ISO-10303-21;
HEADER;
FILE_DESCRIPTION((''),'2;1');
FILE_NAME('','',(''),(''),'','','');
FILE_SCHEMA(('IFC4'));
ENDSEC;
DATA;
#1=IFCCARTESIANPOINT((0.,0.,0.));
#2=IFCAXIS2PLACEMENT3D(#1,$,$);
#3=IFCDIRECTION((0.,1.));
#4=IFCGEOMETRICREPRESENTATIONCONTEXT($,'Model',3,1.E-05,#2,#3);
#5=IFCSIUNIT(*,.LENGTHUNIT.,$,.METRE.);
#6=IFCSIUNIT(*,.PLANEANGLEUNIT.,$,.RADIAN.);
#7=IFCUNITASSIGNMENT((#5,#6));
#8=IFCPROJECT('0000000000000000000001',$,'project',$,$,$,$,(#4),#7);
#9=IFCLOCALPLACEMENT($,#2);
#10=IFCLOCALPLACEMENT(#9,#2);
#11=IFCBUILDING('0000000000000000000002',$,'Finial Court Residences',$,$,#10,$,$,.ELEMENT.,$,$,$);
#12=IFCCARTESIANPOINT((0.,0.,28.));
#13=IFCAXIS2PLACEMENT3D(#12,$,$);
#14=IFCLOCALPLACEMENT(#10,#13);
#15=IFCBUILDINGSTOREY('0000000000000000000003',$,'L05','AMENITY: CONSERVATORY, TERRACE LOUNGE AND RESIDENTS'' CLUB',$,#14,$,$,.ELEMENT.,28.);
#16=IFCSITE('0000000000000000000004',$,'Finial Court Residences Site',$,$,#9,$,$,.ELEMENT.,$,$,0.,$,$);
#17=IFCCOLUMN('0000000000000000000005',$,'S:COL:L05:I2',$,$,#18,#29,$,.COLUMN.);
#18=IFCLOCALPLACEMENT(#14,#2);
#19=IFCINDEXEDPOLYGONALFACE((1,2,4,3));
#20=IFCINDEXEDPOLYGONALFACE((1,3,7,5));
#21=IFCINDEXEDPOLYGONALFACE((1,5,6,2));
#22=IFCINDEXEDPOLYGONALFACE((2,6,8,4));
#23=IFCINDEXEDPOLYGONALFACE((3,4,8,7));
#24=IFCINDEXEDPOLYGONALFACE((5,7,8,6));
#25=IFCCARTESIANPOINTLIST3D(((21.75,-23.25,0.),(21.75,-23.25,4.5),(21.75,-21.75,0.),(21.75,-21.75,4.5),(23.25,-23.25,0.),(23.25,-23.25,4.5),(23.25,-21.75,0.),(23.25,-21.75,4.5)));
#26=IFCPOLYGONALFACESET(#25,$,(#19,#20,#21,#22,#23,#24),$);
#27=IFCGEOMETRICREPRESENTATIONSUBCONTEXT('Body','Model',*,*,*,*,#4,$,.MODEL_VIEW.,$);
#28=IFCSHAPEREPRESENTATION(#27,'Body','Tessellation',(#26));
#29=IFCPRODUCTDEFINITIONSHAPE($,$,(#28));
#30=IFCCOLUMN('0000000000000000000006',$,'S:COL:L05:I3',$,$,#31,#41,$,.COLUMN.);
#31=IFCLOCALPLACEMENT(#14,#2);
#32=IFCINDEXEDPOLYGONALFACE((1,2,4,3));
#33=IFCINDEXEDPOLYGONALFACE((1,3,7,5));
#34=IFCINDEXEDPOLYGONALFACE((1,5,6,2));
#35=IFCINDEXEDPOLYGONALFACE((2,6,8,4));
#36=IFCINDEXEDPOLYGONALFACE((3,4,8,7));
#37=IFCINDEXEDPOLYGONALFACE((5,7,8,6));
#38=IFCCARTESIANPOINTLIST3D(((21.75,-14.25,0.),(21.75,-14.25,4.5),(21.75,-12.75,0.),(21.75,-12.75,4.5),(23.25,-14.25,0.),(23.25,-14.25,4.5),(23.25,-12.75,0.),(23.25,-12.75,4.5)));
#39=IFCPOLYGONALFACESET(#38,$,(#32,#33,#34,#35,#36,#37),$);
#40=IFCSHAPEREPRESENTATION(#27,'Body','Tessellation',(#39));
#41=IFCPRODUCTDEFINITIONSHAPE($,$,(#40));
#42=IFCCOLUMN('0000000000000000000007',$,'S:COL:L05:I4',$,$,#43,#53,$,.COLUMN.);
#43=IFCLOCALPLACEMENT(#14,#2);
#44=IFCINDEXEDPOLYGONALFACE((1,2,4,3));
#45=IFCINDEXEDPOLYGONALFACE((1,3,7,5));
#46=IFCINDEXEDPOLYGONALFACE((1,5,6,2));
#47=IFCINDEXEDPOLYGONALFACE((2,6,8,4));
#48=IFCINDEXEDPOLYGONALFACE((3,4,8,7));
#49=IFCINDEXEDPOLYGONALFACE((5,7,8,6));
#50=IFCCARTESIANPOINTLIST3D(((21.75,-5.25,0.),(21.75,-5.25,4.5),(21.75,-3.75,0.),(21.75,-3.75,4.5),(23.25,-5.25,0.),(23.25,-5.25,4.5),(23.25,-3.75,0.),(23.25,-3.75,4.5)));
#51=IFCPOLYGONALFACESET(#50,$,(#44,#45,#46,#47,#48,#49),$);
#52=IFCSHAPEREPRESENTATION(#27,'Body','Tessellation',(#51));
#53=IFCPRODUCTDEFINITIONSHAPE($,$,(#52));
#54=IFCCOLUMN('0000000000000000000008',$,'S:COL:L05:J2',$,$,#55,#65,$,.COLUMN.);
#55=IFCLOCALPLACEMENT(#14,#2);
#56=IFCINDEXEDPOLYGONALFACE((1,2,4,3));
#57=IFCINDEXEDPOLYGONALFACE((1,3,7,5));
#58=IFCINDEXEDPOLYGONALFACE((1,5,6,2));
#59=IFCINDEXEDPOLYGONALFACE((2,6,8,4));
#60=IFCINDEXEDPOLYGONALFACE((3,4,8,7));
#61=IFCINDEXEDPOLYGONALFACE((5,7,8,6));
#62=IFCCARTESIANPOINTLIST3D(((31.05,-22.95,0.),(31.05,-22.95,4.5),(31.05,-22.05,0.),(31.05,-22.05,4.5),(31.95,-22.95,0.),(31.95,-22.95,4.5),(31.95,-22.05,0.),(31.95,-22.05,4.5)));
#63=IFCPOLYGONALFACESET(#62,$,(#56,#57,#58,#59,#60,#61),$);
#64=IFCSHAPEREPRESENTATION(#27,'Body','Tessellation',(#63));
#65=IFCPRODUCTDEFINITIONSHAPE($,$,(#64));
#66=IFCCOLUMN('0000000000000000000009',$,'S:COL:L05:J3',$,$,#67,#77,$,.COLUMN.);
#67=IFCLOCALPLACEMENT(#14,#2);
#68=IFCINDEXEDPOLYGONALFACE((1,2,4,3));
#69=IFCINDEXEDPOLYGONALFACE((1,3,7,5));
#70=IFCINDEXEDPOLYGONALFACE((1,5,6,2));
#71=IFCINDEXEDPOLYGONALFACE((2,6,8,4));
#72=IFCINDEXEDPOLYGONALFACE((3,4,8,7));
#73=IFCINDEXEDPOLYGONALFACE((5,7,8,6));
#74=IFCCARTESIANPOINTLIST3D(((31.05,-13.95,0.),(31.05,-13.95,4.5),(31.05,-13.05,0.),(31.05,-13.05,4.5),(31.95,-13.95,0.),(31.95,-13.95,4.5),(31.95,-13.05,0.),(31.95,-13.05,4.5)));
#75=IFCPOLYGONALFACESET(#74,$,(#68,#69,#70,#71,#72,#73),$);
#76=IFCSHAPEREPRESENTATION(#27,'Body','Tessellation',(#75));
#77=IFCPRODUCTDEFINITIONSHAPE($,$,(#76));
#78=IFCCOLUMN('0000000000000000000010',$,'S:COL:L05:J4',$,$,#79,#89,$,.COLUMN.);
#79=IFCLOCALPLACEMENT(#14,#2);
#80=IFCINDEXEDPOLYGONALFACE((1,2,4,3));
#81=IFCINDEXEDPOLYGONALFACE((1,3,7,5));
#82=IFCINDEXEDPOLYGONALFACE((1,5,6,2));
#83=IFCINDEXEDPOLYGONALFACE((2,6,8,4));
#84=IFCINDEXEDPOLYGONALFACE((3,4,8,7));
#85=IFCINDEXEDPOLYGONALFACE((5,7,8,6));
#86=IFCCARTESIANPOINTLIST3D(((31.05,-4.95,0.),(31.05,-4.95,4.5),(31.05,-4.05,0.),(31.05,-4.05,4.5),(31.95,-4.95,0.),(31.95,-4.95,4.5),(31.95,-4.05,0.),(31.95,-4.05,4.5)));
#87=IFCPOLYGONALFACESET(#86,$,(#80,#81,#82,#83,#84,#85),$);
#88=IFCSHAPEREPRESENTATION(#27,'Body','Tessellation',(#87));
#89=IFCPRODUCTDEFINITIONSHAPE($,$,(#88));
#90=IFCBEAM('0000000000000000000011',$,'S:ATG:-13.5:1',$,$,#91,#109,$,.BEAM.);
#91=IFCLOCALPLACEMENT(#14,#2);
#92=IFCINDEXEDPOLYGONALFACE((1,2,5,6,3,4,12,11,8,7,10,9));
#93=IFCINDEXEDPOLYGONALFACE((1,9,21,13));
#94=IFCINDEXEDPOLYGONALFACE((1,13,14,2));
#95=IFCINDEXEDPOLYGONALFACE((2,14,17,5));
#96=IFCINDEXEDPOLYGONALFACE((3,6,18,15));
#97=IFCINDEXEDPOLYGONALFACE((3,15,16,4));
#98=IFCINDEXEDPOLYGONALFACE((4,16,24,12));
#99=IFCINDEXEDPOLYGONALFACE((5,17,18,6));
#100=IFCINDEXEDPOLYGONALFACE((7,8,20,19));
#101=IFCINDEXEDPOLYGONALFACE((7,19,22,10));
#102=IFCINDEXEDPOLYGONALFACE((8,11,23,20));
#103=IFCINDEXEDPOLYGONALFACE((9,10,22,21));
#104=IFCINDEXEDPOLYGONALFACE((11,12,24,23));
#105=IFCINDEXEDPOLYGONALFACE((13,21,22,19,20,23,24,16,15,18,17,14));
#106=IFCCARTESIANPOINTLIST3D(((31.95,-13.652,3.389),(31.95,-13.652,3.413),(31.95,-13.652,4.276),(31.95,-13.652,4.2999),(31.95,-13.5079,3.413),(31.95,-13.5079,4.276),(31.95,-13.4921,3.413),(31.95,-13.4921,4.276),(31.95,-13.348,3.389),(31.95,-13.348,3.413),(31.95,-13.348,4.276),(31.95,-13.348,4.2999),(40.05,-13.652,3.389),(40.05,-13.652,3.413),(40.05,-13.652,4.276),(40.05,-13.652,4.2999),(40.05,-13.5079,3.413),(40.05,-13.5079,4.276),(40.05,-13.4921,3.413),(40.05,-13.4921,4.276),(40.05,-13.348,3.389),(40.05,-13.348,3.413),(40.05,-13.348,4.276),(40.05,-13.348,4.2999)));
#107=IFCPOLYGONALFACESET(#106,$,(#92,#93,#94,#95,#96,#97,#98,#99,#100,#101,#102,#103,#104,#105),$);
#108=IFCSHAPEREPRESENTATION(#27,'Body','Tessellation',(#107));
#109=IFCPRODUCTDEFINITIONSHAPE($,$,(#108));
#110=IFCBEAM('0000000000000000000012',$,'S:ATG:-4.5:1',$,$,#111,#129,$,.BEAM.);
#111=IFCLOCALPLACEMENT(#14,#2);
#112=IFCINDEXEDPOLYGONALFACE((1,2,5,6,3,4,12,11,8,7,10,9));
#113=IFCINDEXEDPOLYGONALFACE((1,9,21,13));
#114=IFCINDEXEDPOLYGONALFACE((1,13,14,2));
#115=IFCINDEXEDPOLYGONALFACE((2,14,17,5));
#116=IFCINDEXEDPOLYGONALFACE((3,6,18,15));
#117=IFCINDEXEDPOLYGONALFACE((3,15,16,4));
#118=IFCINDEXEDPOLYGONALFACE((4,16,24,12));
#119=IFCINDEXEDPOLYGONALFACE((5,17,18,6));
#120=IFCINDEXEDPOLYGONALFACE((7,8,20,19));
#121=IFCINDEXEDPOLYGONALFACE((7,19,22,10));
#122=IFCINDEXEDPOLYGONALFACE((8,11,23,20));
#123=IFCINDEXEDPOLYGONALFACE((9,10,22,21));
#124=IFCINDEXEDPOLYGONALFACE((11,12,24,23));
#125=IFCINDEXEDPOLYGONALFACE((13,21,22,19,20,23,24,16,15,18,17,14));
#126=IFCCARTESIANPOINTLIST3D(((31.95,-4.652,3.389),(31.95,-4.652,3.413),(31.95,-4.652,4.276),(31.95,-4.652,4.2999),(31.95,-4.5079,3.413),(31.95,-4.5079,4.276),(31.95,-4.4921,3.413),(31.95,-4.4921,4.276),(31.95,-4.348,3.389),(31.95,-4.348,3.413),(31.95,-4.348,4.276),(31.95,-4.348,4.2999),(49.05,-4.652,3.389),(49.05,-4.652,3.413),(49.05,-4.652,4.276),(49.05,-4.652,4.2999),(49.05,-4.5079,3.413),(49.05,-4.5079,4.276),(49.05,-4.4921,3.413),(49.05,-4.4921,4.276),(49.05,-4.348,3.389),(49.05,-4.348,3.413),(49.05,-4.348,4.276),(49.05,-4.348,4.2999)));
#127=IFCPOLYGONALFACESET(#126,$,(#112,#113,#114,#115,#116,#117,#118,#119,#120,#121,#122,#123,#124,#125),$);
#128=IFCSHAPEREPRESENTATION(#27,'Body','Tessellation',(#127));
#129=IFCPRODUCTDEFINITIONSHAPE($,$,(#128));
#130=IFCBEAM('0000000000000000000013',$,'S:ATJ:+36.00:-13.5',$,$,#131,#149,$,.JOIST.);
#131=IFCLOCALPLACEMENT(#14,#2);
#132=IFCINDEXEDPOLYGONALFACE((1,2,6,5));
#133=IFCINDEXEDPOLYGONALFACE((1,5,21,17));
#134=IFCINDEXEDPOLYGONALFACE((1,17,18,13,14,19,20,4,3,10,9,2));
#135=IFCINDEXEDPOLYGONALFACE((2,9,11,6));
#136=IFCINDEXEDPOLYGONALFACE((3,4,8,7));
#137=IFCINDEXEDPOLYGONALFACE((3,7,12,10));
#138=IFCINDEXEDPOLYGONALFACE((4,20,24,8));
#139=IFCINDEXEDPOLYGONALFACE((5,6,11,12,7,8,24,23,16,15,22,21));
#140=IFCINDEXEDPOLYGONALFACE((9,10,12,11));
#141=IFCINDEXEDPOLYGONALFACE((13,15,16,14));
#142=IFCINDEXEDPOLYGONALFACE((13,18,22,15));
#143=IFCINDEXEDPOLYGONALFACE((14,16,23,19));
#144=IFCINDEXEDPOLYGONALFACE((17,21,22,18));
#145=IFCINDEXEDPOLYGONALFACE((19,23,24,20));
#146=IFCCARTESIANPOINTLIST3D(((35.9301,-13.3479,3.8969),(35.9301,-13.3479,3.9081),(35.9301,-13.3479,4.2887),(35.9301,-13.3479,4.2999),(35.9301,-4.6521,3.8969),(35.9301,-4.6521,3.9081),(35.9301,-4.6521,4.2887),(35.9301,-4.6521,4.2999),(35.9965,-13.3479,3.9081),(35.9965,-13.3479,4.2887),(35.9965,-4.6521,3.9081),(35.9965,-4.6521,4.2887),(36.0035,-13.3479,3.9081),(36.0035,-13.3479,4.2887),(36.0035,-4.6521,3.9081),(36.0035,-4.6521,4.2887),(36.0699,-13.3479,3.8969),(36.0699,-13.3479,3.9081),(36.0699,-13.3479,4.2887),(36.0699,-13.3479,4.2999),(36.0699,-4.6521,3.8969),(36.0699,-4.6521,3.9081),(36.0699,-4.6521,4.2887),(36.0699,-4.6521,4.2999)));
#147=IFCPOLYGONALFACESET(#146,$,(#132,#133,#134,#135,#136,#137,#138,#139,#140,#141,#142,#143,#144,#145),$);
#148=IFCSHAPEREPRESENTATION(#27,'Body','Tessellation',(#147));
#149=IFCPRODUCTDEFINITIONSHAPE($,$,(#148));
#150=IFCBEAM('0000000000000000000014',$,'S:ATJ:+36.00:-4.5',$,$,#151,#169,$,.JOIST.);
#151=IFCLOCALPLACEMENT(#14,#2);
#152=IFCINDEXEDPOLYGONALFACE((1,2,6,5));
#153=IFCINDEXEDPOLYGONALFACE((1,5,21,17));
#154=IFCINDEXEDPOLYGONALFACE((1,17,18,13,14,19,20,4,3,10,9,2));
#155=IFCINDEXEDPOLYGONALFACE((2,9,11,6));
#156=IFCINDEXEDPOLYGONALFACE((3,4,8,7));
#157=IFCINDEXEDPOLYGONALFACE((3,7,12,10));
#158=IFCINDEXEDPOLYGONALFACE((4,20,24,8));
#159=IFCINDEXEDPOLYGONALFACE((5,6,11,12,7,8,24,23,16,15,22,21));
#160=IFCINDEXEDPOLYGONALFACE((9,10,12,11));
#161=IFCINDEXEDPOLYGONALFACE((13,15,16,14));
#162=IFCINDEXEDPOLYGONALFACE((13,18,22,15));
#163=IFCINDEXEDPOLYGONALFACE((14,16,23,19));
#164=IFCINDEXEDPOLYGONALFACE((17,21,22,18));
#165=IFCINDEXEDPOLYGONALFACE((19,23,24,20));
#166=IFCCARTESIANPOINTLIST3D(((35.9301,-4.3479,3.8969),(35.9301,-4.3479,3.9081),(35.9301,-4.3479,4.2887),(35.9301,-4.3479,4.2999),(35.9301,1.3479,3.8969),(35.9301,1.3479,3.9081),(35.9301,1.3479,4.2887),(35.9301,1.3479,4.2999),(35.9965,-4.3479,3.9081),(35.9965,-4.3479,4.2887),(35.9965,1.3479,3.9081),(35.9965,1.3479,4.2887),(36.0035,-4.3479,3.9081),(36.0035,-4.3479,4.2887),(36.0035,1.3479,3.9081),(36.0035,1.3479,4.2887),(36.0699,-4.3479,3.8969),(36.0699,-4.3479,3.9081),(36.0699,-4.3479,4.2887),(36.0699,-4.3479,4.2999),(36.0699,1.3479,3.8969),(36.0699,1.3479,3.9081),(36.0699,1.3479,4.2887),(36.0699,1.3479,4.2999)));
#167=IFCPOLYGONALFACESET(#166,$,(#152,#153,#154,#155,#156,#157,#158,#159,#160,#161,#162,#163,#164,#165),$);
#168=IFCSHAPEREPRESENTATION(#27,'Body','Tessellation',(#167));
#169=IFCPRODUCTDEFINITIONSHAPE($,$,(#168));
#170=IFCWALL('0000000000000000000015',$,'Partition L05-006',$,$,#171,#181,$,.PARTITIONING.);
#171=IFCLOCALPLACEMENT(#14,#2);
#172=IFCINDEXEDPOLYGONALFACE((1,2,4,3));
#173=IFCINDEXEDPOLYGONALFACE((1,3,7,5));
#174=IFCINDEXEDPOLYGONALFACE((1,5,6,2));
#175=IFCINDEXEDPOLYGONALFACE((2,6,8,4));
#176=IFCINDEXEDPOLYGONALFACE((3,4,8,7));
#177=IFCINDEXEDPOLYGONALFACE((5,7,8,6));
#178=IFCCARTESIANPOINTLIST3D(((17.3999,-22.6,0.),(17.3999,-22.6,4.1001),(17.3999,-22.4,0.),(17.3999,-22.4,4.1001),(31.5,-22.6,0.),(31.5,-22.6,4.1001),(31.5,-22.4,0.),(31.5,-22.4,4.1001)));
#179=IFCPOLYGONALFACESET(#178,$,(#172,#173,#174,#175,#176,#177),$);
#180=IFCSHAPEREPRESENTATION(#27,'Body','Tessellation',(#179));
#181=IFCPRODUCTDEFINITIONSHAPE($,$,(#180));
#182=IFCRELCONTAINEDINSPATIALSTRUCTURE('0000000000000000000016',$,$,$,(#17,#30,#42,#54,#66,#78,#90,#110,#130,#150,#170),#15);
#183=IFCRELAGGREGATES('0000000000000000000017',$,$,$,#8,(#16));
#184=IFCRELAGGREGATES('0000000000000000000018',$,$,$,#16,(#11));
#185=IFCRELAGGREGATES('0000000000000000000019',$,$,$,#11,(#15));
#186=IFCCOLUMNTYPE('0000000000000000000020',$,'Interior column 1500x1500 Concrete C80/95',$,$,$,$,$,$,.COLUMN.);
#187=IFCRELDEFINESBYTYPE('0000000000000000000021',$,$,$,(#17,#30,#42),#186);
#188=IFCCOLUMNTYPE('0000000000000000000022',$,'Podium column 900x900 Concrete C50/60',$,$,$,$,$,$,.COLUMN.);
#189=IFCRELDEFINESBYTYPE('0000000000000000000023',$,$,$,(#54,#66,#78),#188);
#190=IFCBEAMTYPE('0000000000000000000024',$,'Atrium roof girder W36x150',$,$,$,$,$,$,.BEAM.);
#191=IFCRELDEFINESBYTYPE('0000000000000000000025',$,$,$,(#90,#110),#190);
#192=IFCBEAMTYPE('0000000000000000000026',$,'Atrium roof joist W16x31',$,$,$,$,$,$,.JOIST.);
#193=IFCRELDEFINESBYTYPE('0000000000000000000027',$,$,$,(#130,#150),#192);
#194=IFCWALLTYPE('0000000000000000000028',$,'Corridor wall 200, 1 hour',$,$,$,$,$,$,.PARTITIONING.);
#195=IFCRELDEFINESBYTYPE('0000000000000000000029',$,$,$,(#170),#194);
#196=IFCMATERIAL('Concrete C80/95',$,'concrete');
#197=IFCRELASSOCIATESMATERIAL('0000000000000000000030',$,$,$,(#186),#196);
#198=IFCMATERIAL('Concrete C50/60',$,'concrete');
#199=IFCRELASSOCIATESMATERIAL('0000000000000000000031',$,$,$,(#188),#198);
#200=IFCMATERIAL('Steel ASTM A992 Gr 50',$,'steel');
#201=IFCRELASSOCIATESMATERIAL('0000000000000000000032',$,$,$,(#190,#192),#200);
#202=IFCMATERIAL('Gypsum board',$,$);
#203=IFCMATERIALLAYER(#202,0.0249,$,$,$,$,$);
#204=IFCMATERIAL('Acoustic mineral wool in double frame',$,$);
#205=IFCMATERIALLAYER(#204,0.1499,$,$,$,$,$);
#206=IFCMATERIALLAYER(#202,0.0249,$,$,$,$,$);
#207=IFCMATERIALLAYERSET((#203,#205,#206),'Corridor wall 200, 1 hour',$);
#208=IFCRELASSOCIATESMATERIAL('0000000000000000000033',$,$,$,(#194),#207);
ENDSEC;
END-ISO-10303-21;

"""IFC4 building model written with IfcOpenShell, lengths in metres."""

from ifc_helpers import new_model, si_unit, direction, frame, frame_2d, origin, origin_2d, place, context, subcontext, project, spatial, rectangle, i_section, extrude, material, layer, layer_set, material_profile, profile_set, type_object, element, save


model = new_model("IFC4")

# Units and contexts
model_context = context("Model", 3, precision=1e-05, world=origin(), true_north=direction((0.0, 1.0)))
body_context = subcontext(model_context, "Body", "Model", "MODEL_VIEW")
ifc_project = project(units=[si_unit("LENGTHUNIT", "METRE"), si_unit("PLANEANGLEUNIT", "RADIAN")], contexts=[model_context])

# Site, building, storey
site_placement = place(None, origin())
site = spatial("IfcSite", under=ifc_project, at=site_placement, Name="Finial Court Residences Site", CompositionType="ELEMENT", RefElevation=0.0)
building_placement = place(site_placement, origin())
building = spatial("IfcBuilding", under=site, at=building_placement, Name="Finial Court Residences", CompositionType="ELEMENT")
storey_placement = place(building_placement, frame((0.0, 0.0, 28.0)))
storey = spatial("IfcBuildingStorey", under=building, at=storey_placement, Name="L05", Description="AMENITY: CONSERVATORY, TERRACE LOUNGE AND RESIDENTS' CLUB", CompositionType="ELEMENT", Elevation=28.0)

# Columns
ifc_material_1 = material(Name="Concrete C80/95", Category="concrete")
ifc_material_profile_1 = material_profile(ifc_material_1, rectangle(XDim=1.5, YDim=1.5, at=origin_2d()), Name="1500x1500")
ifc_profile_set_1 = profile_set([ifc_material_profile_1], Name="Concrete C80/95")
column_type_1 = type_object("IfcColumnType", Name="Interior column 1500x1500 Concrete C80/95", PredefinedType="COLUMN", material=ifc_profile_set_1)
for number, where, z_axis, x_axis, name in (
    (1, (22.5, -22.5, 0.0), (0.0, 0.0, 1.0), (1.0, 0.0, 0.0), "S:COL:L05:I2"),
    (2, (22.5, -13.5, 0.0), (0.0, 0.0, 1.0), (1.0, 0.0, 0.0), "S:COL:L05:I3"),
    (3, (22.5, -4.5, 0.0), (0.0, 0.0, 1.0), (1.0, 0.0, 0.0), "S:COL:L05:I4"),
):
    element("IfcColumn", number, at=place(storey_placement, frame(where, z_axis=z_axis, x_axis=x_axis)), inside=storey, type_object=column_type_1, Name=name, PredefinedType="COLUMN", context=body_context, shape_type="SweptSolid", body=[
        extrude(rectangle(XDim=1.5, YDim=1.5, at=origin_2d()), origin(), (0.0, 0.0, 1.0), 4.5),
    ])
ifc_material_2 = material(Name="Concrete C50/60", Category="concrete")
ifc_material_profile_2 = material_profile(ifc_material_2, rectangle(XDim=0.8999, YDim=0.8999, at=origin_2d()), Name="900x900")
ifc_profile_set_2 = profile_set([ifc_material_profile_2], Name="Concrete C50/60")
column_type_2 = type_object("IfcColumnType", Name="Podium column 900x900 Concrete C50/60", PredefinedType="COLUMN", material=ifc_profile_set_2)
for number, where, z_axis, x_axis, name in (
    (4, (31.5, -22.5, 0.0), (0.0, 0.0, 1.0), (1.0, 0.0, 0.0), "S:COL:L05:J2"),
    (5, (31.5, -13.5, 0.0), (0.0, 0.0, 1.0), (1.0, 0.0, 0.0), "S:COL:L05:J3"),
    (6, (31.5, -4.5, 0.0), (0.0, 0.0, 1.0), (1.0, 0.0, 0.0), "S:COL:L05:J4"),
):
    element("IfcColumn", number, at=place(storey_placement, frame(where, z_axis=z_axis, x_axis=x_axis)), inside=storey, type_object=column_type_2, Name=name, PredefinedType="COLUMN", context=body_context, shape_type="SweptSolid", body=[
        extrude(rectangle(XDim=0.8999, YDim=0.8999, at=origin_2d()), origin(), (0.0, 0.0, 1.0), 4.5),
    ])

# Beams
ifc_material_3 = material(Name="Steel ASTM A992 Gr 50", Category="steel")
ifc_material_profile_3 = material_profile(ifc_material_3, i_section(OverallWidth=0.304, OverallDepth=0.9109, WebThickness=0.0159, FlangeThickness=0.0239, at=origin_2d()), Name="W36x150")
ifc_profile_set_3 = profile_set([ifc_material_profile_3], Name="Steel ASTM A992 Gr 50")
beam_type_1 = type_object("IfcBeamType", Name="Atrium roof girder W36x150", PredefinedType="BEAM", material=ifc_profile_set_3)
beam_1_placement = place(storey_placement, frame((31.95, -13.5, 3.8445), z_axis=(1.0, 0.0, 0.0), x_axis=(0.0, 1.0, 0.0)))
element("IfcBeam", 7, at=beam_1_placement, inside=storey, type_object=beam_type_1, Name="S:ATG:-13.5:1", PredefinedType="BEAM", context=body_context, shape_type="SweptSolid", body=[
    extrude(i_section(OverallWidth=0.304, OverallDepth=0.9109, WebThickness=0.0159, FlangeThickness=0.0239, at=origin_2d()), origin(), (0.0, 0.0, 1.0), 8.1001),
])
beam_2_placement = place(storey_placement, frame((31.95, -4.5, 3.8445), z_axis=(1.0, 0.0, 0.0), x_axis=(0.0, 1.0, 0.0)))
element("IfcBeam", 8, at=beam_2_placement, inside=storey, type_object=beam_type_1, Name="S:ATG:-4.5:1", PredefinedType="BEAM", context=body_context, shape_type="SweptSolid", body=[
    extrude(i_section(OverallWidth=0.304, OverallDepth=0.9109, WebThickness=0.0159, FlangeThickness=0.0239, at=origin_2d()), origin(), (0.0, 0.0, 1.0), 17.1001),
])
ifc_material_profile_4 = material_profile(ifc_material_3, i_section(OverallWidth=0.1399, OverallDepth=0.4031, WebThickness=0.0071, FlangeThickness=0.0112, at=origin_2d()), Name="W16x31")
ifc_profile_set_4 = profile_set([ifc_material_profile_4], Name="Steel ASTM A992 Gr 50")
beam_type_2 = type_object("IfcBeamType", Name="Atrium roof joist W16x31", PredefinedType="JOIST", material=ifc_profile_set_4)
beam_3_placement = place(storey_placement, frame((36.0, -13.3479, 4.0984), z_axis=(0.0, 1.0, 0.0), x_axis=(-1.0, 0.0, 0.0)))
element("IfcBeam", 9, at=beam_3_placement, inside=storey, type_object=beam_type_2, Name="S:ATJ:+36.00:-13.5", PredefinedType="JOIST", context=body_context, shape_type="SweptSolid", body=[
    extrude(i_section(OverallWidth=0.1399, OverallDepth=0.4031, WebThickness=0.0071, FlangeThickness=0.0112, at=origin_2d()), origin(), (0.0, 0.0, 1.0), 8.6958),
])
beam_4_placement = place(storey_placement, frame((36.0, -4.3479, 4.0984), z_axis=(0.0, 1.0, 0.0), x_axis=(-1.0, 0.0, 0.0)))
element("IfcBeam", 10, at=beam_4_placement, inside=storey, type_object=beam_type_2, Name="S:ATJ:+36.00:-4.5", PredefinedType="JOIST", context=body_context, shape_type="SweptSolid", body=[
    extrude(i_section(OverallWidth=0.1399, OverallDepth=0.4031, WebThickness=0.0071, FlangeThickness=0.0112, at=origin_2d()), origin(), (0.0, 0.0, 1.0), 5.6958),
])

# Wall
ifc_material_4 = material(Name="Gypsum board")
ifc_layer_1 = layer(ifc_material_4, 0.0249)
ifc_material_5 = material(Name="Acoustic mineral wool in double frame")
ifc_layer_2 = layer(ifc_material_5, 0.1499)
ifc_layer_3 = layer(ifc_material_4, 0.0249)
ifc_layer_set_1 = layer_set([ifc_layer_1, ifc_layer_2, ifc_layer_3], Name="Corridor wall 200, 1 hour")
wall_type_1 = type_object("IfcWallType", Name="Corridor wall 200, 1 hour", PredefinedType="PARTITIONING", material=ifc_layer_set_1)
wall_1_placement = place(storey_placement, frame((17.3999, -22.5, 0.0), z_axis=(0.0, 0.0, 1.0), x_axis=(1.0, 0.0, 0.0)))
element("IfcWall", 11, at=wall_1_placement, inside=storey, type_object=wall_type_1, Name="Partition L05-006", PredefinedType="PARTITIONING", context=body_context, shape_type="SweptSolid", body=[
    extrude(rectangle(XDim=14.1001, YDim=0.2, at=frame_2d((7.05, 0.0))), origin(), (0.0, 0.0, 1.0), 4.1001),
])

save(model, "model.ifc")
